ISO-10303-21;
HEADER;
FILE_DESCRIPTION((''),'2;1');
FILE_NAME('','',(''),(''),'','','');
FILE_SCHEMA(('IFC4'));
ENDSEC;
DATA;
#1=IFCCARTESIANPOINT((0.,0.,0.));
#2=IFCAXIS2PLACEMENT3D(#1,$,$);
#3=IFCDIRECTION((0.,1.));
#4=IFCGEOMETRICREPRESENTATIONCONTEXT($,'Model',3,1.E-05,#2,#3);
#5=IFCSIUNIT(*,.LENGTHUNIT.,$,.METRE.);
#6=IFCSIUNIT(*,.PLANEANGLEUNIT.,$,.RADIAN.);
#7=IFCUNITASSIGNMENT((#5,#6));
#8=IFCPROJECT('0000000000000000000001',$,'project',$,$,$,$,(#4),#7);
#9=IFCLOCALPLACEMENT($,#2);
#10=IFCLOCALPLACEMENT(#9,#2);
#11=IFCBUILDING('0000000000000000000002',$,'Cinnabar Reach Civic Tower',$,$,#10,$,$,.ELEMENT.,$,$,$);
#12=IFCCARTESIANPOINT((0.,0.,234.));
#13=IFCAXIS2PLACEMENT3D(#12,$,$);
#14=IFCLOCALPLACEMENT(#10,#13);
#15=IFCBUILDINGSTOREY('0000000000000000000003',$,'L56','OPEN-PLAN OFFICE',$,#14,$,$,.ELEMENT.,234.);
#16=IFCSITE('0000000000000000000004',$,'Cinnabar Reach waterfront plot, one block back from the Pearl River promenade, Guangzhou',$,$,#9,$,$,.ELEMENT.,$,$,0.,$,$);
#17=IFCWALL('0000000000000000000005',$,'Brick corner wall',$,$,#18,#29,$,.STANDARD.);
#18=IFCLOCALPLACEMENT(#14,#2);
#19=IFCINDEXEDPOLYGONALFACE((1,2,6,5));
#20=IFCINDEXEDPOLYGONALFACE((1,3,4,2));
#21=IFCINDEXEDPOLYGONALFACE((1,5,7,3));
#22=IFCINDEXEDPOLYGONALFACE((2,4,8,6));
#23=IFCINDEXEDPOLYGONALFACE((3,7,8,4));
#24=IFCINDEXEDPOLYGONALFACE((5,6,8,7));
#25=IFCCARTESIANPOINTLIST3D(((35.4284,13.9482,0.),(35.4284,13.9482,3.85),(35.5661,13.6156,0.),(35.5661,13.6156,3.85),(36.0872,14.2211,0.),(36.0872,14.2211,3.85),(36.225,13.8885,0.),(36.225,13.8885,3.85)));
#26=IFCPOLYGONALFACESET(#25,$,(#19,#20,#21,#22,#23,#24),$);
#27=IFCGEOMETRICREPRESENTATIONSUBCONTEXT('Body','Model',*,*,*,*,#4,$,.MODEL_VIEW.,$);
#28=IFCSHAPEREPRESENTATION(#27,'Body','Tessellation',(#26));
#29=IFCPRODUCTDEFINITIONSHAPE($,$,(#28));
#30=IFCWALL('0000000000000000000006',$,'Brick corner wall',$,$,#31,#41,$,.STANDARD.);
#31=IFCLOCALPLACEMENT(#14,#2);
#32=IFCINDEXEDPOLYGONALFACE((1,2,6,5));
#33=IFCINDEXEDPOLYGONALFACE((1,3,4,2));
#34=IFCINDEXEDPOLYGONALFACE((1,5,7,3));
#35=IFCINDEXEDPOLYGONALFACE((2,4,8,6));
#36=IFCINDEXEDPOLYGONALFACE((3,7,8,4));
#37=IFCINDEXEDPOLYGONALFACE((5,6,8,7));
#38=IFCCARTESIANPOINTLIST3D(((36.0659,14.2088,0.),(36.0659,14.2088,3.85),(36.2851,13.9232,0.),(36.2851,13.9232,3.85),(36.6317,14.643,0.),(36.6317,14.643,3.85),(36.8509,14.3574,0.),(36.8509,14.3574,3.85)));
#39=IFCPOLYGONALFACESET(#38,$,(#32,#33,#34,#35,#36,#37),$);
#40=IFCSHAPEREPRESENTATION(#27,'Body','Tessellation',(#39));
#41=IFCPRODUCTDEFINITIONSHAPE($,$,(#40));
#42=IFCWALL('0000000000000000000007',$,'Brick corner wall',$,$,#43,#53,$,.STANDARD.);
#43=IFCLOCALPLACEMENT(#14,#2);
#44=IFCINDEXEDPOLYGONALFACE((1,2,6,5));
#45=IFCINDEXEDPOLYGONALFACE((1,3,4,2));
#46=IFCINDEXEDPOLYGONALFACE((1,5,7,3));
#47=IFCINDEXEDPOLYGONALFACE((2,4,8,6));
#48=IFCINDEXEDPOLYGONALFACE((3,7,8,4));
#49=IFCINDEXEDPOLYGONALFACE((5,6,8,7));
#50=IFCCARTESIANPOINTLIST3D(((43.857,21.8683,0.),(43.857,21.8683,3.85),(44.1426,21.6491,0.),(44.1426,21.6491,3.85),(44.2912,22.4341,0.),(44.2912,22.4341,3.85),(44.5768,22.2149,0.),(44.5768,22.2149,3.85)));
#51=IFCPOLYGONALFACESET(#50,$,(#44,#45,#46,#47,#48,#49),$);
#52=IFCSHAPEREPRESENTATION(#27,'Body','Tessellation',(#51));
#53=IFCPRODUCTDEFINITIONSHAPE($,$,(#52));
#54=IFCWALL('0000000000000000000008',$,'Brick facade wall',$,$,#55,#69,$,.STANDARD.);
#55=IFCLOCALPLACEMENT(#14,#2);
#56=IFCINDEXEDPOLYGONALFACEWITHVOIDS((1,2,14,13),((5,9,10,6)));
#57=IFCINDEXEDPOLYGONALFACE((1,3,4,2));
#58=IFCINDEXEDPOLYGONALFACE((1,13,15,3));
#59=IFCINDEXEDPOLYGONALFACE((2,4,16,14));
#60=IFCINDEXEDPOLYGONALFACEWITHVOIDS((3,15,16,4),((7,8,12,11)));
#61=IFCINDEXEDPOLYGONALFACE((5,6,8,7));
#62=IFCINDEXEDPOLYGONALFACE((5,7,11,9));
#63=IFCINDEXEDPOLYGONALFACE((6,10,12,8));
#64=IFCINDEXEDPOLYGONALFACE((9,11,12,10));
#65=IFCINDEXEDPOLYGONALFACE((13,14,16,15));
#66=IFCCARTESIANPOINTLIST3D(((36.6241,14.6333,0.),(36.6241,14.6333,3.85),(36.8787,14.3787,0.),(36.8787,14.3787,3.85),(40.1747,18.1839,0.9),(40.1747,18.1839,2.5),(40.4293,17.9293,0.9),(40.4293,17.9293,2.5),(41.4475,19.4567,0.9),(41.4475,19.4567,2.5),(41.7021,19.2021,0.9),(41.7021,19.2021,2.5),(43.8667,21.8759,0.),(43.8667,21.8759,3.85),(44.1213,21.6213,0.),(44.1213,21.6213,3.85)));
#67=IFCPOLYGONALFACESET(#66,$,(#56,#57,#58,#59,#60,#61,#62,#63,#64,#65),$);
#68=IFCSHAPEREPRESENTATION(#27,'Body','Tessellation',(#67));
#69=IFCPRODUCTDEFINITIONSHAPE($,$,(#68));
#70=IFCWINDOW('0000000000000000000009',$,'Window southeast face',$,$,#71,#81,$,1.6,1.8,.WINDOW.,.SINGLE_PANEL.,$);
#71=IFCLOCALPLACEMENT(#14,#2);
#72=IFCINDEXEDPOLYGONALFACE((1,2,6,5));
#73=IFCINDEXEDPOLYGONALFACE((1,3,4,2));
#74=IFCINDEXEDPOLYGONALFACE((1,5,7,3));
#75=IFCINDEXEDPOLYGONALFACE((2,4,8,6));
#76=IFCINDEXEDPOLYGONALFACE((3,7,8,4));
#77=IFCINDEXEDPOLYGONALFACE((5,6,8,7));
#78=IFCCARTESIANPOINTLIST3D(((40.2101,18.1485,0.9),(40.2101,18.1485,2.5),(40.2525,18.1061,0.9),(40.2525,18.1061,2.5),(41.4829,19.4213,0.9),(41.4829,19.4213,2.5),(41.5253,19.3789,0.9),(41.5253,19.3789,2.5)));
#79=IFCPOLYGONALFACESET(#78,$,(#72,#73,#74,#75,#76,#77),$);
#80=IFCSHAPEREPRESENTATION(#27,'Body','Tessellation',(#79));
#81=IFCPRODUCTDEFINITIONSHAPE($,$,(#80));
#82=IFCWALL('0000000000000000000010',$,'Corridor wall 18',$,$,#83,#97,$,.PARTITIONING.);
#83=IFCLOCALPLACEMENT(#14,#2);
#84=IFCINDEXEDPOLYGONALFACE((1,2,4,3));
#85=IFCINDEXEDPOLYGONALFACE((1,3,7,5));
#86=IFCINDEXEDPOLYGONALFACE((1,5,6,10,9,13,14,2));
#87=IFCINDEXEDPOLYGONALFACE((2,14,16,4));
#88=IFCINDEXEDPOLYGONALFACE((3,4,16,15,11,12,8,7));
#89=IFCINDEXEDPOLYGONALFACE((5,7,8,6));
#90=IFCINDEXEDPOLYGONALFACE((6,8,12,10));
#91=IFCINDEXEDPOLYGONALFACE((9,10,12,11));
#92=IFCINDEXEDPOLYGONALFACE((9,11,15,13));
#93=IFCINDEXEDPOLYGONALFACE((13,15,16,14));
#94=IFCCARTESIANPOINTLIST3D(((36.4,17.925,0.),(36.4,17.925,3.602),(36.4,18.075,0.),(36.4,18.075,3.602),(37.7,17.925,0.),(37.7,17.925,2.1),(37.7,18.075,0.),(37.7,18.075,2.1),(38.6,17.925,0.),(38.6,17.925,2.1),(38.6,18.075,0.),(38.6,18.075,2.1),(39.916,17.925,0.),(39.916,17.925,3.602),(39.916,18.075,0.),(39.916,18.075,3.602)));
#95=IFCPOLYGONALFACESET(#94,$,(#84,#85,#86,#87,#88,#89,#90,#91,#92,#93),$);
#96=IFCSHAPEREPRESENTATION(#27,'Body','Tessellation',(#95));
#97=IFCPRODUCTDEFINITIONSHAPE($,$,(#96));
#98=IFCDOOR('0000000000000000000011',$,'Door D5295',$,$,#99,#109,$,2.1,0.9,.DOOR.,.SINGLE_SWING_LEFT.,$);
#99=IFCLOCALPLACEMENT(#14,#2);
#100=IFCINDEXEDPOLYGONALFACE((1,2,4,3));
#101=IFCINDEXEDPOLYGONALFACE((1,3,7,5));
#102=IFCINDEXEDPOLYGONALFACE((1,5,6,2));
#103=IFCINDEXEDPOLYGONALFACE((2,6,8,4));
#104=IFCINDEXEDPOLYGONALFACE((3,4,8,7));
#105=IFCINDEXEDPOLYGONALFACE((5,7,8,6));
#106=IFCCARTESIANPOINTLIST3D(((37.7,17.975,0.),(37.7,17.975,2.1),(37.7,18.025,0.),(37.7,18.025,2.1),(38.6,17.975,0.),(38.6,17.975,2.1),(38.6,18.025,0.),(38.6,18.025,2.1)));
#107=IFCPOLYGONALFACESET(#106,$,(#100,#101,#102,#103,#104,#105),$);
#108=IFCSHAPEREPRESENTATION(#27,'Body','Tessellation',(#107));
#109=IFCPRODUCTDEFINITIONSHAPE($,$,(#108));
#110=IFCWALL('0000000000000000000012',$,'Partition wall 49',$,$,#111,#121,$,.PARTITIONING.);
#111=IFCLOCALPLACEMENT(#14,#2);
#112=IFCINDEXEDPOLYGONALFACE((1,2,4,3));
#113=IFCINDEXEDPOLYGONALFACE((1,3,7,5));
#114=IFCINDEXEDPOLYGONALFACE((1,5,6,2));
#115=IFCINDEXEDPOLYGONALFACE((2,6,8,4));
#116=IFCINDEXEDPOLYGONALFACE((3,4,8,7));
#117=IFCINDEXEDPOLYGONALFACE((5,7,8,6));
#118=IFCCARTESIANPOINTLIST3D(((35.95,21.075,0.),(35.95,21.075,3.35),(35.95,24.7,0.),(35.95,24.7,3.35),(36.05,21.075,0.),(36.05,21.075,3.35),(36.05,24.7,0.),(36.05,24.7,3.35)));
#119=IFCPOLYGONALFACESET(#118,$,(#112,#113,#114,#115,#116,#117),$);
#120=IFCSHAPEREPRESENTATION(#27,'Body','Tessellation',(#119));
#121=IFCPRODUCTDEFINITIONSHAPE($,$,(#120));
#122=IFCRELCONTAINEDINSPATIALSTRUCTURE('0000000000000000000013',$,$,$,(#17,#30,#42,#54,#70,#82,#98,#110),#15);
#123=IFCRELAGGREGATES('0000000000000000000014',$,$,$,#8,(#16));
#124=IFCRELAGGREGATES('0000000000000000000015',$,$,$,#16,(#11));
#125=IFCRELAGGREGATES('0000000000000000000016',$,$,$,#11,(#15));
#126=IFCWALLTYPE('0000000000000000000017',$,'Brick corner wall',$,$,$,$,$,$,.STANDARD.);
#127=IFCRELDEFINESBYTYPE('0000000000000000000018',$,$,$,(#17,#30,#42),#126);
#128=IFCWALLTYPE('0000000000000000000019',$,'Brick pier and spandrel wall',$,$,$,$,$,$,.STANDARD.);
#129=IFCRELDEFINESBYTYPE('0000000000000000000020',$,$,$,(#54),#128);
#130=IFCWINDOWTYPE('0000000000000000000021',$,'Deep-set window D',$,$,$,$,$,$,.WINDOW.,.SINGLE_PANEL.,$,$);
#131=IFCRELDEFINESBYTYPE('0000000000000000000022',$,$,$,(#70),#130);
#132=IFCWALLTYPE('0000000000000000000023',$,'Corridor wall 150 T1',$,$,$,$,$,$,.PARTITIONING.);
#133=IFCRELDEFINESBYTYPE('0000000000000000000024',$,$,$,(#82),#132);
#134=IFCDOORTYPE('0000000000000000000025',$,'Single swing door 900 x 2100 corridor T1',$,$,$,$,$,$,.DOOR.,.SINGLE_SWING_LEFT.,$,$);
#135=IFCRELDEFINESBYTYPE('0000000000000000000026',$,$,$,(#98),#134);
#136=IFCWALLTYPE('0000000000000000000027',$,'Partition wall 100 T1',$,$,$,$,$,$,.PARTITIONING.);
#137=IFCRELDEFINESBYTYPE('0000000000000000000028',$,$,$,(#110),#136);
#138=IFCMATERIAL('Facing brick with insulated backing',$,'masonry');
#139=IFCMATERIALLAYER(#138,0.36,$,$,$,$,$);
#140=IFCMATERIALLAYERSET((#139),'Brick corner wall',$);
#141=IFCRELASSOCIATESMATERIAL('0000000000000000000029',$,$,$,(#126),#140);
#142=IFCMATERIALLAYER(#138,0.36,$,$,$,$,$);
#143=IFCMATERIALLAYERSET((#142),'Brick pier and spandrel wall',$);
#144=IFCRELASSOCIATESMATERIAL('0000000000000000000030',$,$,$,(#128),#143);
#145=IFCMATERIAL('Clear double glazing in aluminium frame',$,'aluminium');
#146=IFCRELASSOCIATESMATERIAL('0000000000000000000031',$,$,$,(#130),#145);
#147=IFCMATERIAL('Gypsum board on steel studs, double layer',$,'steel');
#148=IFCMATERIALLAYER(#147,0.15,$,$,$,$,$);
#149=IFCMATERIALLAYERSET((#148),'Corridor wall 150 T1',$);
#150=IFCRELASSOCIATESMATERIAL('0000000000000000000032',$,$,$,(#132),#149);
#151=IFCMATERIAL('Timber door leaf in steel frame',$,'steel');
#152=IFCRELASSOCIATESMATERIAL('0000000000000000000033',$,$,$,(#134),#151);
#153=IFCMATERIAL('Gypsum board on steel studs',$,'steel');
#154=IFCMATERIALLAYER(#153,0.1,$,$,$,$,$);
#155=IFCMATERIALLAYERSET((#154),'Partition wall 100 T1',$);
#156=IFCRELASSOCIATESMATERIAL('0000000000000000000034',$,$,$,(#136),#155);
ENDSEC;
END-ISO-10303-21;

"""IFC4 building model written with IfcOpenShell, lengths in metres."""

from ifc_helpers import new_model, si_unit, direction, frame, frame_2d, origin, place, context, subcontext, project, spatial, rectangle, extrude, material, layer, layer_set, type_object, element, fill, save


model = new_model("IFC4")

# Units and contexts
model_context = context("Model", 3, precision=1e-05, world=origin(), true_north=direction((0.0, 1.0)))
body_context = subcontext(model_context, "Body", "Model", "MODEL_VIEW")
ifc_project = project(units=[si_unit("LENGTHUNIT", "METRE"), si_unit("PLANEANGLEUNIT", "RADIAN")], contexts=[model_context])

# Site, building, storey
site_placement = place(None, origin())
site = spatial("IfcSite", under=ifc_project, at=site_placement, Name="Cinnabar Reach waterfront plot, one block back from the Pearl River promenade, Guangzhou", CompositionType="ELEMENT", RefElevation=0.0)
building_placement = place(site_placement, origin())
building = spatial("IfcBuilding", under=site, at=building_placement, Name="Cinnabar Reach Civic Tower", CompositionType="ELEMENT")
storey_placement = place(building_placement, frame((0.0, 0.0, 234.0)))
storey = spatial("IfcBuildingStorey", under=building, at=storey_placement, Name="L56", Description="OPEN-PLAN OFFICE", CompositionType="ELEMENT", Elevation=234.0)

# Walls
ifc_material_1 = material(Name="Facing brick with insulated backing", Category="masonry")
ifc_layer_1 = layer(ifc_material_1, 0.36)
ifc_layer_set_1 = layer_set([ifc_layer_1], Name="Brick corner wall")
wall_type_1 = type_object("IfcWallType", Name="Brick corner wall", PredefinedType="STANDARD", material=ifc_layer_set_1)
wall_1_placement = place(storey_placement, frame((35.4973, 13.7819, 0.0), z_axis=(0.0, 0.0, 1.0), x_axis=(0.923872, 0.382703, 0.0)))
element("IfcWall", 1, at=wall_1_placement, inside=storey, type_object=wall_type_1, Name="Brick corner wall", PredefinedType="STANDARD", context=body_context, shape_type="SweptSolid", body=[
    extrude(rectangle(XDim=0.7131, YDim=0.36, at=frame_2d((0.3565, 0.0))), origin(), (0.0, 0.0, 1.0), 3.85),
])
for number, where, z_axis, x_axis, name in (
    (2, (36.1755, 14.066, 0.0), (0.0, 0.0, 1.0), (0.793322, 0.608802, 0.0), "Brick corner wall"),
    (3, (43.9998, 21.7587, 0.0), (0.0, 0.0, 1.0), (0.608802, 0.793322, 0.0), "Brick corner wall"),
):
    element("IfcWall", number, at=place(storey_placement, frame(where, z_axis=z_axis, x_axis=x_axis)), inside=storey, type_object=wall_type_1, Name=name, PredefinedType="STANDARD", context=body_context, shape_type="SweptSolid", body=[
        extrude(rectangle(XDim=0.7132, YDim=0.36, at=frame_2d((0.3566, 0.0))), origin(), (0.0, 0.0, 1.0), 3.85),
    ])

# Wall, opening, window
ifc_layer_2 = layer(ifc_material_1, 0.36)
ifc_layer_set_2 = layer_set([ifc_layer_2], Name="Brick pier and spandrel wall")
wall_type_2 = type_object("IfcWallType", Name="Brick pier and spandrel wall", PredefinedType="STANDARD", material=ifc_layer_set_2)
wall_2_placement = place(storey_placement, frame((36.7514, 14.506, 0.0), z_axis=(0.0, 0.0, 1.0), x_axis=(0.707107, 0.707107, 0.0)))
wall_2 = element("IfcWall", 4, at=wall_2_placement, inside=storey, type_object=wall_type_2, Name="Brick facade wall", PredefinedType="STANDARD", context=body_context, shape_type="SweptSolid", body=[
    extrude(rectangle(XDim=10.2426, YDim=0.36, at=frame_2d((5.1213, 0.0))), origin(), (0.0, 0.0, 1.0), 3.85),
])
opening_1_placement = place(wall_2_placement, frame((5.0213, 0.0, 0.9)))
opening_1 = element("IfcOpeningElement", 5, at=opening_1_placement, cuts=wall_2, PredefinedType="OPENING", context=body_context, shape_type="SweptSolid", body=[
    extrude(rectangle(XDim=1.8, YDim=1.6, at=frame_2d((0.9, 0.8))), frame((0.0, 0.19, 0.0), z_axis=(0.0, -1.0, 0.0), x_axis=(1.0, 0.0, 0.0)), (0.0, 0.0, 1.0), 0.38),
])
ifc_material_2 = material(Name="Clear double glazing in aluminium frame", Category="aluminium")
window_type = type_object("IfcWindowType", Name="Deep-set window D", PartitioningType="SINGLE_PANEL", PredefinedType="WINDOW", material=ifc_material_2)
window_placement = place(opening_1_placement, origin())
window = element("IfcWindow", 6, at=window_placement, inside=storey, type_object=window_type, Name="Window southeast face", OverallHeight=1.6, OverallWidth=1.8, PartitioningType="SINGLE_PANEL", PredefinedType="WINDOW", context=body_context, shape_type="SweptSolid", body=[
    extrude(rectangle(XDim=1.8, YDim=1.6, at=frame_2d((0.9, 0.8))), frame((0.0, 0.13, 0.0), z_axis=(0.0, -1.0, 0.0), x_axis=(1.0, 0.0, 0.0)), (0.0, 0.0, 1.0), 0.06),
])
fill(opening_1, window)

# Wall, opening, door
ifc_material_3 = material(Name="Gypsum board on steel studs, double layer", Category="steel")
ifc_layer_3 = layer(ifc_material_3, 0.15)
ifc_layer_set_3 = layer_set([ifc_layer_3], Name="Corridor wall 150 T1")
wall_type_3 = type_object("IfcWallType", Name="Corridor wall 150 T1", PredefinedType="PARTITIONING", material=ifc_layer_set_3)
wall_3_placement = place(storey_placement, frame((36.4, 18.0, 0.0), z_axis=(0.0, 0.0, 1.0), x_axis=(1.0, 0.0, 0.0)))
wall_3 = element("IfcWall", 7, at=wall_3_placement, inside=storey, type_object=wall_type_3, Name="Corridor wall 18", PredefinedType="PARTITIONING", context=body_context, shape_type="SweptSolid", body=[
    extrude(rectangle(XDim=3.516, YDim=0.15, at=frame_2d((1.758, 0.0))), origin(), (0.0, 0.0, 1.0), 3.602),
])
opening_2_placement = place(wall_3_placement, frame((1.3, 0.0, 0.0)))
opening_2 = element("IfcOpeningElement", 8, at=opening_2_placement, cuts=wall_3, PredefinedType="OPENING", context=body_context, shape_type="SweptSolid", body=[
    extrude(rectangle(XDim=0.9, YDim=2.1, at=frame_2d((0.45, 1.05))), frame((0.0, 0.085, 0.0), z_axis=(0.0, -1.0, 0.0), x_axis=(1.0, 0.0, 0.0)), (0.0, 0.0, 1.0), 0.17),
])
ifc_material_4 = material(Name="Timber door leaf in steel frame", Category="steel")
door_type = type_object("IfcDoorType", Name="Single swing door 900 x 2100 corridor T1", OperationType="SINGLE_SWING_LEFT", PredefinedType="DOOR", material=ifc_material_4)
door_placement = place(opening_2_placement, frame((0.9, 0.0, 0.0), z_axis=(0.0, 0.0, 1.0), x_axis=(-1.0, 0.0, 0.0)))
door = element("IfcDoor", 9, at=door_placement, inside=storey, type_object=door_type, Name="Door D5295", OperationType="SINGLE_SWING_LEFT", OverallHeight=2.1, OverallWidth=0.9, PredefinedType="DOOR", context=body_context, shape_type="SweptSolid", body=[
    extrude(rectangle(XDim=0.9, YDim=2.1, at=frame_2d((0.45, 1.05))), frame((0.0, 0.025, 0.0), z_axis=(0.0, -1.0, 0.0), x_axis=(1.0, 0.0, 0.0)), (0.0, 0.0, 1.0), 0.05),
])
fill(opening_2, door)

# Wall
ifc_material_5 = material(Name="Gypsum board on steel studs", Category="steel")
ifc_layer_4 = layer(ifc_material_5, 0.1)
ifc_layer_set_4 = layer_set([ifc_layer_4], Name="Partition wall 100 T1")
wall_type_4 = type_object("IfcWallType", Name="Partition wall 100 T1", PredefinedType="PARTITIONING", material=ifc_layer_set_4)
wall_4_placement = place(storey_placement, frame((36.0, 21.075, 0.0), z_axis=(0.0, 0.0, 1.0), x_axis=(0.0, 1.0, 0.0)))
element("IfcWall", 10, at=wall_4_placement, inside=storey, type_object=wall_type_4, Name="Partition wall 49", PredefinedType="PARTITIONING", context=body_context, shape_type="SweptSolid", body=[
    extrude(rectangle(XDim=3.625, YDim=0.1, at=frame_2d((1.8125, 0.0))), origin(), (0.0, 0.0, 1.0), 3.35),
])

save(model, "model.ifc")
